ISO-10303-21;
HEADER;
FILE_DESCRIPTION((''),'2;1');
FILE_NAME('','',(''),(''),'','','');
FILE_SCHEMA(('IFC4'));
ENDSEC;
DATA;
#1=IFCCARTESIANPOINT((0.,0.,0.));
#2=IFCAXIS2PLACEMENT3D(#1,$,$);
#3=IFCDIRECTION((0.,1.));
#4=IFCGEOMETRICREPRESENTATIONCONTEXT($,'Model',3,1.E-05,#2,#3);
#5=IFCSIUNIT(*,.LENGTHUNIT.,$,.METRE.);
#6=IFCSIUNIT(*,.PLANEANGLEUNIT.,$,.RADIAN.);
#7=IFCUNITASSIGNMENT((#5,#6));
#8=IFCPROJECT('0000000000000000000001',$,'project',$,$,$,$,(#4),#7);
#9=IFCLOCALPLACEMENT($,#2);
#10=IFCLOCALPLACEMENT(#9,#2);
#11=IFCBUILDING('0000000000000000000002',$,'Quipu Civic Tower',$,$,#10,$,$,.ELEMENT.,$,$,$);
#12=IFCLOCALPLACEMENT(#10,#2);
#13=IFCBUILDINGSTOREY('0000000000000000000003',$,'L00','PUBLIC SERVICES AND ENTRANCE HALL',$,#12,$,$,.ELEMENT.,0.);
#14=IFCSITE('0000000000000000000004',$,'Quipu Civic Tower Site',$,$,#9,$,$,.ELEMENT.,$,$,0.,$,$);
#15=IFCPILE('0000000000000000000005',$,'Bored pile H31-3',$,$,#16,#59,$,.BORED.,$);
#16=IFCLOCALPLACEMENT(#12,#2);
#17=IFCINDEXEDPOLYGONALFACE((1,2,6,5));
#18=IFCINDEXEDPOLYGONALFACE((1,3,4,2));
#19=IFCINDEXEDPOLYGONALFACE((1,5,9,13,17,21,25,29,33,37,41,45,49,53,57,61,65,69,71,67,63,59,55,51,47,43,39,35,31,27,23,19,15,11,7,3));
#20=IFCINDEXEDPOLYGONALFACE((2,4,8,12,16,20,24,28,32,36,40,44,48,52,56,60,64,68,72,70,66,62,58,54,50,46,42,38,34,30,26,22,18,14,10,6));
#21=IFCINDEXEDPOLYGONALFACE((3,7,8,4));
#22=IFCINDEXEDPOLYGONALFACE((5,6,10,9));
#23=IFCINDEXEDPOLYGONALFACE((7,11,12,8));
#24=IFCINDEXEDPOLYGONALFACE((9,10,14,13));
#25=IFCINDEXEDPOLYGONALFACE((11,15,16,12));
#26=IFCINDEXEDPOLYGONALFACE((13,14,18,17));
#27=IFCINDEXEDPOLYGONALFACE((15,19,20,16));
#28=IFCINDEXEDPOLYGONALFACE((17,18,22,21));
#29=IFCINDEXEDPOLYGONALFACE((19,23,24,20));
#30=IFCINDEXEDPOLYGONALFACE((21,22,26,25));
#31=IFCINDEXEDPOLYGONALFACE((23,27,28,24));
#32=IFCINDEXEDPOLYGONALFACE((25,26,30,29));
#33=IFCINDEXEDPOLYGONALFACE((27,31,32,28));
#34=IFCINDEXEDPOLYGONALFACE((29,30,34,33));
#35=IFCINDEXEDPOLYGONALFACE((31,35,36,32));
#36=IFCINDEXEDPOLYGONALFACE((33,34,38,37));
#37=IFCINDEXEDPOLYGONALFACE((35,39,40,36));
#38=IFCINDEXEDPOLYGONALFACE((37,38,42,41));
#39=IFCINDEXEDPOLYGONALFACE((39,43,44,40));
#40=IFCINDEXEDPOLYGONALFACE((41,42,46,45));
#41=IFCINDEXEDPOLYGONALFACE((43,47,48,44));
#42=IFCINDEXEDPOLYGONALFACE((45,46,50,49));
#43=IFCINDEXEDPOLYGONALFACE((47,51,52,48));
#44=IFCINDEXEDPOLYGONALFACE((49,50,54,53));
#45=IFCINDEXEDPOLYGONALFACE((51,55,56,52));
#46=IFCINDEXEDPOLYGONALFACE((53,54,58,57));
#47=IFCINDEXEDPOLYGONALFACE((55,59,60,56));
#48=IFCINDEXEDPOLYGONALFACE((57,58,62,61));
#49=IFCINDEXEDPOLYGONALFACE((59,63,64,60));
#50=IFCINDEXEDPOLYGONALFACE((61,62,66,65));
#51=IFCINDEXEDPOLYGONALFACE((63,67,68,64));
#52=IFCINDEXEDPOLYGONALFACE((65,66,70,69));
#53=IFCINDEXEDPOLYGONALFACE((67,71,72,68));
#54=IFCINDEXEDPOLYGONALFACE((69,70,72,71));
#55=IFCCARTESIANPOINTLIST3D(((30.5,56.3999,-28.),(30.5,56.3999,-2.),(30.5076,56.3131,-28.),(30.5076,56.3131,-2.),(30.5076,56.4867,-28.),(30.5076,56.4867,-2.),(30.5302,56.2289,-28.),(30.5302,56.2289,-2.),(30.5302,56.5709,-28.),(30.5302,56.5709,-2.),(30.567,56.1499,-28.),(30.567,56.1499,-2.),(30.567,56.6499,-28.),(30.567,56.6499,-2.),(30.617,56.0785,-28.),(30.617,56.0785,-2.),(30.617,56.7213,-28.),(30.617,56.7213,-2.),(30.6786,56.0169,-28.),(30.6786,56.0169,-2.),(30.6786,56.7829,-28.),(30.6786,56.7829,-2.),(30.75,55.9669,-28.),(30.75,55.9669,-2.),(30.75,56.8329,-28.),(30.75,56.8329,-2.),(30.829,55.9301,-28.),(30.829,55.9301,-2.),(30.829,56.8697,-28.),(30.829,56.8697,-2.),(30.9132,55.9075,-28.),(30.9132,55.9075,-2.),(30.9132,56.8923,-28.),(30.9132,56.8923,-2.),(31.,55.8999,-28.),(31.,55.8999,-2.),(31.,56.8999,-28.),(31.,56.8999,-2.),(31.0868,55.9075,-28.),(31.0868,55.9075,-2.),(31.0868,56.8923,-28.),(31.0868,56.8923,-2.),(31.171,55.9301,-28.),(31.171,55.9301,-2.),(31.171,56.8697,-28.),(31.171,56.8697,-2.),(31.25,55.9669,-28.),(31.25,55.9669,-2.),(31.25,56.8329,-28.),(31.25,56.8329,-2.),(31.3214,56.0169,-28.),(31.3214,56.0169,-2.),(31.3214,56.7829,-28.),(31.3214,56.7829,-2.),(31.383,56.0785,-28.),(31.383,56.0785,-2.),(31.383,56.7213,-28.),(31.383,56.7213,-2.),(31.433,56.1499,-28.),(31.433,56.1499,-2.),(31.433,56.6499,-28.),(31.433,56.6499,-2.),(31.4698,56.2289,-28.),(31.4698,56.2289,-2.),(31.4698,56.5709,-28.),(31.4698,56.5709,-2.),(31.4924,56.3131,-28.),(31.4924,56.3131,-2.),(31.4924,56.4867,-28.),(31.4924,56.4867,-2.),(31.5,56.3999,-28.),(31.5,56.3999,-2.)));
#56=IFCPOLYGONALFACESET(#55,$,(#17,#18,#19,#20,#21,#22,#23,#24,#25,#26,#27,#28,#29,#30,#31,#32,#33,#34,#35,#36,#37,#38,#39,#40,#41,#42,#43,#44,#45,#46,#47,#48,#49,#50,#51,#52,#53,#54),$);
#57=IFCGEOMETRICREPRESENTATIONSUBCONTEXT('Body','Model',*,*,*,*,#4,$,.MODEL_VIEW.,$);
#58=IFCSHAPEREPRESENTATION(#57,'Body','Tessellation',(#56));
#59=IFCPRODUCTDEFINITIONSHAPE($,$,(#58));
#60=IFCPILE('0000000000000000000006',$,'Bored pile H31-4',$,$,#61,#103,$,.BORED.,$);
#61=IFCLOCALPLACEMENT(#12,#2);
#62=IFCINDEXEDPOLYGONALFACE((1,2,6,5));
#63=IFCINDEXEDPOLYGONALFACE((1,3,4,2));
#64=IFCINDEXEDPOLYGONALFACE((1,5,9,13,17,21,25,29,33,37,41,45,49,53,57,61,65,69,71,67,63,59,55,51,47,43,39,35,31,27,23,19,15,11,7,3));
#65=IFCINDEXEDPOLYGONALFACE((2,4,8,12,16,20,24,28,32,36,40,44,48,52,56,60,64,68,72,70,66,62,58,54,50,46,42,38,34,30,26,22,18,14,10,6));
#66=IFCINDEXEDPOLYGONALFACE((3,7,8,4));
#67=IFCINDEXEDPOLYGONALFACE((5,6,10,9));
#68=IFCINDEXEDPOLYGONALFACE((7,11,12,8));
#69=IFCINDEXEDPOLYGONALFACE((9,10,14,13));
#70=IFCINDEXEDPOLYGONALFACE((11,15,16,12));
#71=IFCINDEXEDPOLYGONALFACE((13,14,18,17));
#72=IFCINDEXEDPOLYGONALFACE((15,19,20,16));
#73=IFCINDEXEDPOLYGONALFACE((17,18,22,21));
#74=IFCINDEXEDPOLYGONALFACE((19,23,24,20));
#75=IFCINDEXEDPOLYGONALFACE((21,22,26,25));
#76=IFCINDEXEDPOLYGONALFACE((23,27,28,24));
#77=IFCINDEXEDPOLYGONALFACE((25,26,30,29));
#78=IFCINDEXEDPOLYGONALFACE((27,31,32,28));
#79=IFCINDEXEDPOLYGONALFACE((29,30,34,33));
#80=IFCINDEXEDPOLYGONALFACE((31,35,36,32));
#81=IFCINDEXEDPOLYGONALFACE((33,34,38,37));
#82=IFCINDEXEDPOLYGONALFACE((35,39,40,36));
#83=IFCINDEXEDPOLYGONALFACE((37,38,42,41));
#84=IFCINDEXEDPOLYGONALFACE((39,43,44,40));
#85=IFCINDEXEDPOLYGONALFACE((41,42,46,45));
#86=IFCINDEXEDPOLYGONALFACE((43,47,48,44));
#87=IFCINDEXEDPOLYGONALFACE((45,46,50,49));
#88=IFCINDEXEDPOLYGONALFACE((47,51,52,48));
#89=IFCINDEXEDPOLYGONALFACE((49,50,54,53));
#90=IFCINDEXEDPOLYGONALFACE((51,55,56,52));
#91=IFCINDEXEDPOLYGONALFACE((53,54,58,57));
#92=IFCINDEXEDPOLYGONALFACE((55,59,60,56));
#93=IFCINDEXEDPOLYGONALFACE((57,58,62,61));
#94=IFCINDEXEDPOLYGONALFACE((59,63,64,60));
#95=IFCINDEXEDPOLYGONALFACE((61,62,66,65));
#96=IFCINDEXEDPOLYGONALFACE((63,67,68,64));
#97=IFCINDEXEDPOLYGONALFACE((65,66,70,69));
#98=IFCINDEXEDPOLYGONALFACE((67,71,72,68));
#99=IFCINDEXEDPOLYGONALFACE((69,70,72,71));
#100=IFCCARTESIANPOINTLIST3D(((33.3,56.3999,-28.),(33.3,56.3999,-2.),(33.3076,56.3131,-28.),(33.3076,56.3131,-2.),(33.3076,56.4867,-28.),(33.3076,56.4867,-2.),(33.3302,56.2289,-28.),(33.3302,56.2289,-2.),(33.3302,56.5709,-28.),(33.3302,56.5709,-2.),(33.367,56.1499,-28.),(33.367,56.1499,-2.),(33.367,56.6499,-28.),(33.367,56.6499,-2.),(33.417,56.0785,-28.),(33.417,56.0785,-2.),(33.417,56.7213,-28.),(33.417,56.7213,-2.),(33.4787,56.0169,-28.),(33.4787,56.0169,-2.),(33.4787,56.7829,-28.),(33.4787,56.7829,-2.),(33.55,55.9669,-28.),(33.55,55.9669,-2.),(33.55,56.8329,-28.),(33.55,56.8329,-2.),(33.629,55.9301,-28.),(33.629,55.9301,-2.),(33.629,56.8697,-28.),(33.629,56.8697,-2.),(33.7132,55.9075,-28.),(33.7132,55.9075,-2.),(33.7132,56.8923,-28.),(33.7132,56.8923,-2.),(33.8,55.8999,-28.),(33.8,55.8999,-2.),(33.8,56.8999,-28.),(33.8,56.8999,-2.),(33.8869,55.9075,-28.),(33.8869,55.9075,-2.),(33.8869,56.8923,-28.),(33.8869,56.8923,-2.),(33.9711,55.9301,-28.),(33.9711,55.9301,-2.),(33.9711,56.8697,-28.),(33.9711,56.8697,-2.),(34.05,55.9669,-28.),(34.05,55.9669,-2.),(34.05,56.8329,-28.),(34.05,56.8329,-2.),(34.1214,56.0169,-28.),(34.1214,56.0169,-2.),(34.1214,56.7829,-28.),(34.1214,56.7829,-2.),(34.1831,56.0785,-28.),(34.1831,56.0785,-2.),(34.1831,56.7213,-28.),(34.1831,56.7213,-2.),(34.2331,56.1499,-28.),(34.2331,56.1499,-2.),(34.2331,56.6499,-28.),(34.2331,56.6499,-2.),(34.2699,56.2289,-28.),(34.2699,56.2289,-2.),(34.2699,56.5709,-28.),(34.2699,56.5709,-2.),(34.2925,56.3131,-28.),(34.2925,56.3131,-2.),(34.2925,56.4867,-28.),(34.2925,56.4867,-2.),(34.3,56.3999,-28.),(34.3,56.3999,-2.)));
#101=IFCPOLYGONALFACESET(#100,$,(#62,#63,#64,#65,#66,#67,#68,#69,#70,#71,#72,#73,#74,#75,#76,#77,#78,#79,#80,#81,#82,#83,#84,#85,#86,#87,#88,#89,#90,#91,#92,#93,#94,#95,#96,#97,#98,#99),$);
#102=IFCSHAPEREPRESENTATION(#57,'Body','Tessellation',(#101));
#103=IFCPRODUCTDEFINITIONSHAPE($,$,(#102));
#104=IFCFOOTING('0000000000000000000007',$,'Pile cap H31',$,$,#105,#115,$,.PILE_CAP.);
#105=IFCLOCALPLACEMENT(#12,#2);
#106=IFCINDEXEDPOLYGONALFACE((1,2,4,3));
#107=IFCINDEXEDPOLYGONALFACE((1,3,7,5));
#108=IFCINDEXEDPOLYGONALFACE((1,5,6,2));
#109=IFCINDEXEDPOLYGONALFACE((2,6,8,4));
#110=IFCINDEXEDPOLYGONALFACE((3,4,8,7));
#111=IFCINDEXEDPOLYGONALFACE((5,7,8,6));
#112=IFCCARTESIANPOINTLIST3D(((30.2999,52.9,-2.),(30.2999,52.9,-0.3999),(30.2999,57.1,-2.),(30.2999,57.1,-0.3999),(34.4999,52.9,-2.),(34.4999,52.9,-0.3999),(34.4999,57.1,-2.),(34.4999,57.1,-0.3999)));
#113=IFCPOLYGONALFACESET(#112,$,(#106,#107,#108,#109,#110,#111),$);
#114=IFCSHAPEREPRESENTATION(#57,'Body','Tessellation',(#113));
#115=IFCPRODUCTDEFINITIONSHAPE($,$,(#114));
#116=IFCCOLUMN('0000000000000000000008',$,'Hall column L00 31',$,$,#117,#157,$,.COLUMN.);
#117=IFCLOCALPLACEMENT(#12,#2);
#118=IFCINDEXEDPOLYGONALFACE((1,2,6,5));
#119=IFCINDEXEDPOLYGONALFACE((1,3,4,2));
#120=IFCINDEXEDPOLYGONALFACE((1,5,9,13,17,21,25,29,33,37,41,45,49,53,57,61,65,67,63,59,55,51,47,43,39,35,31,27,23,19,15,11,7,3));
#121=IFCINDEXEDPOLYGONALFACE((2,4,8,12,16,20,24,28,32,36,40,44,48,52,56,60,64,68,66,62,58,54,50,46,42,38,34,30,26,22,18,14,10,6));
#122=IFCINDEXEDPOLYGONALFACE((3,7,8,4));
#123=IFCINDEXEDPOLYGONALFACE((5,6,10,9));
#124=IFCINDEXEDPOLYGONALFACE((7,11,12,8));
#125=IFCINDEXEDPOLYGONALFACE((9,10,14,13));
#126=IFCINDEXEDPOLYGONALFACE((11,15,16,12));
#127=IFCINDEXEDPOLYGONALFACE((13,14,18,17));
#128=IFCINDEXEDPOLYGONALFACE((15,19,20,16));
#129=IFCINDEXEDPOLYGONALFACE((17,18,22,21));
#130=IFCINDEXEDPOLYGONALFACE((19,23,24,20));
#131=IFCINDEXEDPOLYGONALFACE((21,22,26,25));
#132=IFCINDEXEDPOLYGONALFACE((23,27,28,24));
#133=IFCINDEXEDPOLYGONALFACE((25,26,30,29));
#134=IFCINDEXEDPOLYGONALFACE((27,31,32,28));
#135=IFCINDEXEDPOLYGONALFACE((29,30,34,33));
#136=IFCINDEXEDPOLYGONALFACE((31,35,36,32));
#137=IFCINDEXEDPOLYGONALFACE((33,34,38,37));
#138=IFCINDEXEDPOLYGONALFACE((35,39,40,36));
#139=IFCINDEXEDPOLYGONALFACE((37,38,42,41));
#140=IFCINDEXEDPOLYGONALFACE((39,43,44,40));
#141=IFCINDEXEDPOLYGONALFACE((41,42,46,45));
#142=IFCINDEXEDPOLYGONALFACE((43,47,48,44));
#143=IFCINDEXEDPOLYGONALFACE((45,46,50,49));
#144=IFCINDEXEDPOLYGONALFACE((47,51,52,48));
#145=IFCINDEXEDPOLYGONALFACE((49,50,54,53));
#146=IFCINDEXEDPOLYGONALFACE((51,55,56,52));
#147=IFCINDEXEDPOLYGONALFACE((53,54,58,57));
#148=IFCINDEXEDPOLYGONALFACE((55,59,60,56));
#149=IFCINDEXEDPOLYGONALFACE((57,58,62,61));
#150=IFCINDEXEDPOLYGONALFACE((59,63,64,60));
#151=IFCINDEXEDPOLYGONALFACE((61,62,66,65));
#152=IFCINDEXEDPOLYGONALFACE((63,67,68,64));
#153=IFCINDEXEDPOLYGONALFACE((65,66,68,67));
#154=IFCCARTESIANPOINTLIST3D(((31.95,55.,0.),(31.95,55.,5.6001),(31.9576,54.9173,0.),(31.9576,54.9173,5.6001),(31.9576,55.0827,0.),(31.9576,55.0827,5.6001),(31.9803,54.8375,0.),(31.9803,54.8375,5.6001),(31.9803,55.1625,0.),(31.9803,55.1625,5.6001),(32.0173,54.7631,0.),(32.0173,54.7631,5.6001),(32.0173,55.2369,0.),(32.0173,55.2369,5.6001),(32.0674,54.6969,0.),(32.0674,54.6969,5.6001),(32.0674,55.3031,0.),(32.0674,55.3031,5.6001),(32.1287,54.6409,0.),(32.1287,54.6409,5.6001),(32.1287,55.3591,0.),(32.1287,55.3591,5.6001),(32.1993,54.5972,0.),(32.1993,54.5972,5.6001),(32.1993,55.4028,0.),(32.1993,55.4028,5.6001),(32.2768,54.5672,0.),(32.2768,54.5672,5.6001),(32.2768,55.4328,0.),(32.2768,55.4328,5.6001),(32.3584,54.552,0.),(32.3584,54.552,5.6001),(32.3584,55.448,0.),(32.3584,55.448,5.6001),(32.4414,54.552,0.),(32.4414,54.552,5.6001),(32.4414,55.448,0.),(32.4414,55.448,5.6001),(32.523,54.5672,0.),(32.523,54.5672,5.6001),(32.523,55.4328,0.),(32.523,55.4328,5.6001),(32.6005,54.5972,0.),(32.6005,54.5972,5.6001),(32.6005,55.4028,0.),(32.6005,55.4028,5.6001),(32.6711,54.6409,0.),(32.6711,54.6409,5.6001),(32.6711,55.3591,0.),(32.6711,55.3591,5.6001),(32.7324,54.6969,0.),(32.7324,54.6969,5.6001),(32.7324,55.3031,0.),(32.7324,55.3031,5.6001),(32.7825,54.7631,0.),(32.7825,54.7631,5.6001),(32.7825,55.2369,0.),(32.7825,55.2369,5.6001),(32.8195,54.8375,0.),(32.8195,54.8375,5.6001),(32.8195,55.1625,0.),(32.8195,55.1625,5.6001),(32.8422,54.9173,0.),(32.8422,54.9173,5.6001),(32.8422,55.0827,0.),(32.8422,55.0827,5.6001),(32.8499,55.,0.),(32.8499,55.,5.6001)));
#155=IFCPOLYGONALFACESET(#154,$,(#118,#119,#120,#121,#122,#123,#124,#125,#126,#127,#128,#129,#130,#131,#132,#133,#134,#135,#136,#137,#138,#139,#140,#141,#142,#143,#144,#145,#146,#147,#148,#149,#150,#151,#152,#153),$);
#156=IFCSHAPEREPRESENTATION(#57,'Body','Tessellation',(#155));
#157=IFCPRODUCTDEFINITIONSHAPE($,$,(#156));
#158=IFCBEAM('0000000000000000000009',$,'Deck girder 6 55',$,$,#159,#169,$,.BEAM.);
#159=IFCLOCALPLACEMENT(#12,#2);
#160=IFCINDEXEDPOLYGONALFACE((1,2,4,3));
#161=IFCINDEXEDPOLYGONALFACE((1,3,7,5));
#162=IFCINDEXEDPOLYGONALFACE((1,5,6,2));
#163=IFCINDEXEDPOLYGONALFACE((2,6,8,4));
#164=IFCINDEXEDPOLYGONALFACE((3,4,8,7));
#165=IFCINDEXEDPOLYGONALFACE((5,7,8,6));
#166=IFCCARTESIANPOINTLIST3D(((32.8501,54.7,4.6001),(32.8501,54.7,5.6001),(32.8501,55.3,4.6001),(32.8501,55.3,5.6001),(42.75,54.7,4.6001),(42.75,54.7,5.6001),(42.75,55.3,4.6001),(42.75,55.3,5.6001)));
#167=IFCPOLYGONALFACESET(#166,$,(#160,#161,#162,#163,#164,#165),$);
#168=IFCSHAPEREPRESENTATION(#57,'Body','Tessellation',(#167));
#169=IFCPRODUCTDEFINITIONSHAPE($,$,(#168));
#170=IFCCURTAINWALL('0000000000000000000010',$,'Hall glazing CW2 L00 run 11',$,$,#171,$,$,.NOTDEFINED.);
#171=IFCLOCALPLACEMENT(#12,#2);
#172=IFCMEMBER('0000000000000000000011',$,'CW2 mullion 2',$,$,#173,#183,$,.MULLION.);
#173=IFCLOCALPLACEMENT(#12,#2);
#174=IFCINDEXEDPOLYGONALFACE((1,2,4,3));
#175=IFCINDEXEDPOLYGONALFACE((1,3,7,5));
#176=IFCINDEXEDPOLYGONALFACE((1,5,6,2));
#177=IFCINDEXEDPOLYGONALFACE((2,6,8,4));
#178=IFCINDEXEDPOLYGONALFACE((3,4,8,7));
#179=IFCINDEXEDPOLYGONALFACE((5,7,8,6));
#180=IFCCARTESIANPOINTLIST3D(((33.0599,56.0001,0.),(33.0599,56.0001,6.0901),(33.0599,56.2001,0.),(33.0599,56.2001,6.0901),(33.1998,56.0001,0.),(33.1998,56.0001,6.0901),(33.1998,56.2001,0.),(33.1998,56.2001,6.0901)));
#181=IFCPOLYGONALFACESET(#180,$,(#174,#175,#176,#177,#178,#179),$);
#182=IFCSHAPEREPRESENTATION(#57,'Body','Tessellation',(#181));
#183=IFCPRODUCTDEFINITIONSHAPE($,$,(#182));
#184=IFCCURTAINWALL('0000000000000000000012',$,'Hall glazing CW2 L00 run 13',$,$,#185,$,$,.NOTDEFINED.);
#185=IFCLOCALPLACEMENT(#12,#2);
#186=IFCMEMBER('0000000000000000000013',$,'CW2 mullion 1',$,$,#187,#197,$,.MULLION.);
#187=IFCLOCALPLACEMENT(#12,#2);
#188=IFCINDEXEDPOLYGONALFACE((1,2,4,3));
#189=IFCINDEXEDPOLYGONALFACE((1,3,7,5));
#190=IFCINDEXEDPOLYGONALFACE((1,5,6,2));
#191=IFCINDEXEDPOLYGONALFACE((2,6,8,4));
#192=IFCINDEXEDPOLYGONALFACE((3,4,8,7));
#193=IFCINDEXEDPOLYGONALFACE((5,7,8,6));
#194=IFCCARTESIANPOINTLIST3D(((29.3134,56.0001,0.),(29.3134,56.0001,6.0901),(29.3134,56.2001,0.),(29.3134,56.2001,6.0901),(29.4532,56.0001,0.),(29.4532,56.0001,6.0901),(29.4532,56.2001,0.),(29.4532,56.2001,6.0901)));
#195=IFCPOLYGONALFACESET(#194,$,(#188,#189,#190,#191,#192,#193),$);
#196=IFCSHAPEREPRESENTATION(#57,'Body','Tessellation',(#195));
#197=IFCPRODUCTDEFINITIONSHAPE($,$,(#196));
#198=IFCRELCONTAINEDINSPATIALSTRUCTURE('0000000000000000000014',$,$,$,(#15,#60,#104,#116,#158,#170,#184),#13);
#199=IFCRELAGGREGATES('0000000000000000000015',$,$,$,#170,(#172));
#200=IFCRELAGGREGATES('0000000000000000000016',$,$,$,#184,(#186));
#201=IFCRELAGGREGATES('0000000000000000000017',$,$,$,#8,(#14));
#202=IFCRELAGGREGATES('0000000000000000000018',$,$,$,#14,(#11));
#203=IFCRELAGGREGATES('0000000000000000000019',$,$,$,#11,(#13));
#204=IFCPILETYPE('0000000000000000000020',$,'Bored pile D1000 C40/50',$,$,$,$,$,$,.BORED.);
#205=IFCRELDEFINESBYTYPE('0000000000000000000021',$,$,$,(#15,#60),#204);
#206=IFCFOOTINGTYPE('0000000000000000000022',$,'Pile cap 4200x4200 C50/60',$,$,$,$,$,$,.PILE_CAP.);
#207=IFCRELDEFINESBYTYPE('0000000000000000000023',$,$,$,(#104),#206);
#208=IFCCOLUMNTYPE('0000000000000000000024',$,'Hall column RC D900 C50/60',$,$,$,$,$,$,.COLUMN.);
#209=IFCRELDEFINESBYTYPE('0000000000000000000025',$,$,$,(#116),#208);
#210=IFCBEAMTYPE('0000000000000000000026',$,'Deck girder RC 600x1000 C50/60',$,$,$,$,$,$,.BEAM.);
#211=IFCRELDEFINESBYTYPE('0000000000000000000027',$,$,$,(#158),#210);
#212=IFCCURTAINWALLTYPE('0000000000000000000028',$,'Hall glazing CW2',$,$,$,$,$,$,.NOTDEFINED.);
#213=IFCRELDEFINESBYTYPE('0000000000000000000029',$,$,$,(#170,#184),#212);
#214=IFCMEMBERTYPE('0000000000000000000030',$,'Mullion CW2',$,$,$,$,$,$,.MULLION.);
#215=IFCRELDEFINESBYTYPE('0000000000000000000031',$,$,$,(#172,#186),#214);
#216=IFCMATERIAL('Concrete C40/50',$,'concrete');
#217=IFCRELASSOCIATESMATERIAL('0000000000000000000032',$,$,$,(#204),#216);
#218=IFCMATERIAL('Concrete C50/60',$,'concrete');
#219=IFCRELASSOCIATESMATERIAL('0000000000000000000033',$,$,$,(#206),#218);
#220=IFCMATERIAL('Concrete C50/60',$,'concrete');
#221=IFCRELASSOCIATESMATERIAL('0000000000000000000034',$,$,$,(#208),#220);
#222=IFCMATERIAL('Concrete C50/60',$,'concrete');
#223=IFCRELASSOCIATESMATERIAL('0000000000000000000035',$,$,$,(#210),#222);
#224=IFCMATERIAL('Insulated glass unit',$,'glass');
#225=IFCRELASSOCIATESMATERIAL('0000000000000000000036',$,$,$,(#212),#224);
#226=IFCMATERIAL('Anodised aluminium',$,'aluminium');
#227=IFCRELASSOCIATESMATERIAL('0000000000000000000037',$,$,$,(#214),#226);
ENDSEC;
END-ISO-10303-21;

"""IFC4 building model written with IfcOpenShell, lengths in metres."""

from ifc_helpers import new_model, si_unit, direction, frame, origin, origin_2d, place, context, subcontext, project, spatial, rectangle, circle, extrude, material, material_profile, profile_set, type_object, element, aggregate, save


model = new_model("IFC4")

# Units and contexts
model_context = context("Model", 3, precision=1e-05, world=origin(), true_north=direction((0.0, 1.0)))
body_context = subcontext(model_context, "Body", "Model", "MODEL_VIEW")
ifc_project = project(units=[si_unit("LENGTHUNIT", "METRE"), si_unit("PLANEANGLEUNIT", "RADIAN")], contexts=[model_context])

# Site, building, storey
site_placement = place(None, origin())
site = spatial("IfcSite", under=ifc_project, at=site_placement, Name="Quipu Civic Tower Site", CompositionType="ELEMENT", RefElevation=0.0)
building_placement = place(site_placement, origin())
building = spatial("IfcBuilding", under=site, at=building_placement, Name="Quipu Civic Tower", CompositionType="ELEMENT")
storey_placement = place(building_placement, origin())
storey = spatial("IfcBuildingStorey", under=building, at=storey_placement, Name="L00", Description="PUBLIC SERVICES AND ENTRANCE HALL", CompositionType="ELEMENT", Elevation=0.0)

# Piles
ifc_material_1 = material(Name="Concrete C40/50", Category="concrete")
ifc_material_profile_1 = material_profile(ifc_material_1, circle(Radius=0.5, at=origin_2d()), Name="RCD1000")
ifc_profile_set_1 = profile_set([ifc_material_profile_1], Name="Concrete C40/50")
pile_type = type_object("IfcPileType", Name="Bored pile D1000 C40/50", PredefinedType="BORED", material=ifc_profile_set_1)
for number, where, z_axis, x_axis, name in (
    (1, (31.0, 56.3999, -2.0), (0.0, 0.0, -1.0), (1.0, 0.0, 0.0), "Bored pile H31-3"),
    (2, (33.8, 56.3999, -2.0), (0.0, 0.0, -1.0), (1.0, 0.0, 0.0), "Bored pile H31-4"),
):
    element("IfcPile", number, at=place(storey_placement, frame(where, z_axis=z_axis, x_axis=x_axis)), inside=storey, type_object=pile_type, Name=name, PredefinedType="BORED", context=body_context, shape_type="SweptSolid", body=[
        extrude(circle(Radius=0.5, at=origin_2d()), origin(), (0.0, 0.0, 1.0), 26.0),
    ])

# Footing
ifc_material_2 = material(Name="Concrete C50/60", Category="concrete")
footing_type = type_object("IfcFootingType", Name="Pile cap 4200x4200 C50/60", PredefinedType="PILE_CAP", material=ifc_material_2)
footing_placement = place(storey_placement, frame((32.3999, 55.0, -2.0), z_axis=(0.0, 0.0, 1.0), x_axis=(1.0, 0.0, 0.0)))
element("IfcFooting", 3, at=footing_placement, inside=storey, type_object=footing_type, Name="Pile cap H31", PredefinedType="PILE_CAP", context=body_context, shape_type="SweptSolid", body=[
    extrude(rectangle(XDim=4.2, YDim=4.2, at=origin_2d()), origin(), (0.0, 0.0, 1.0), 1.6001),
])

# Column
ifc_material_3 = material(Name="Concrete C50/60", Category="concrete")
ifc_material_profile_2 = material_profile(ifc_material_3, circle(Radius=0.45, at=origin_2d()), Name="RCD900")
ifc_profile_set_2 = profile_set([ifc_material_profile_2], Name="Concrete C50/60")
column_type = type_object("IfcColumnType", Name="Hall column RC D900 C50/60", PredefinedType="COLUMN", material=ifc_profile_set_2)
column_placement = place(storey_placement, frame((32.3999, 55.0, 0.0), z_axis=(0.0, 0.0, 1.0), x_axis=(1.0, 0.0, 0.0)))
element("IfcColumn", 4, at=column_placement, inside=storey, type_object=column_type, Name="Hall column L00 31", PredefinedType="COLUMN", context=body_context, shape_type="SweptSolid", body=[
    extrude(circle(Radius=0.45, at=origin_2d()), origin(), (0.0, 0.0, 1.0), 5.6001),
])

# Beam
ifc_material_4 = material(Name="Concrete C50/60", Category="concrete")
ifc_material_profile_3 = material_profile(ifc_material_4, rectangle(XDim=0.6001, YDim=1.0, at=origin_2d()), Name="RC600x1000")
ifc_profile_set_3 = profile_set([ifc_material_profile_3], Name="Concrete C50/60")
beam_type = type_object("IfcBeamType", Name="Deck girder RC 600x1000 C50/60", PredefinedType="BEAM", material=ifc_profile_set_3)
beam_placement = place(storey_placement, frame((32.8501, 55.0, 5.1001), z_axis=(1.0, 0.0, 0.0), x_axis=(0.0, 1.0, 0.0)))
element("IfcBeam", 5, at=beam_placement, inside=storey, type_object=beam_type, Name="Deck girder 6 55", PredefinedType="BEAM", context=body_context, shape_type="SweptSolid", body=[
    extrude(rectangle(XDim=0.6001, YDim=1.0, at=origin_2d()), origin(), (0.0, 0.0, 1.0), 9.8999),
])

# Curtain wall, member
ifc_material_5 = material(Name="Insulated glass unit", Category="glass")
curtain_wall_type = type_object("IfcCurtainWallType", Name="Hall glazing CW2", PredefinedType="NOTDEFINED", material=ifc_material_5)
curtain_wall_1_placement = place(storey_placement, origin())
curtain_wall_1 = element("IfcCurtainWall", 6, at=curtain_wall_1_placement, inside=storey, type_object=curtain_wall_type, Name="Hall glazing CW2 L00 run 11", PredefinedType="NOTDEFINED")
ifc_material_6 = material(Name="Anodised aluminium", Category="aluminium")
ifc_material_profile_4 = material_profile(ifc_material_6, rectangle(XDim=0.2, YDim=0.1399, at=origin_2d()), Name="RECT 200x140")
ifc_profile_set_4 = profile_set([ifc_material_profile_4], Name="Anodised aluminium")
member_type_1 = type_object("IfcMemberType", Name="Mullion CW2", PredefinedType="MULLION", material=ifc_profile_set_4)
member_1_placement = place(storey_placement, frame((33.1299, 56.1001, 0.0), z_axis=(0.0, 0.0, 1.0), x_axis=(0.0, -1.0, 0.0)))
member_1 = element("IfcMember", 7, at=member_1_placement, type_object=member_type_1, Name="CW2 mullion 2", PredefinedType="MULLION", context=body_context, shape_type="SweptSolid", body=[
    extrude(rectangle(XDim=0.2, YDim=0.1399, at=origin_2d()), origin(), (0.0, 0.0, 1.0), 6.0901),
])

# Curtain wall, member
curtain_wall_2_placement = place(storey_placement, origin())
curtain_wall_2 = element("IfcCurtainWall", 8, at=curtain_wall_2_placement, inside=storey, type_object=curtain_wall_type, Name="Hall glazing CW2 L00 run 13", PredefinedType="NOTDEFINED")
member_2_placement = place(storey_placement, frame((29.3833, 56.1001, 0.0), z_axis=(0.0, 0.0, 1.0), x_axis=(0.0, -1.0, 0.0)))
member_2 = element("IfcMember", 9, at=member_2_placement, type_object=member_type_1, Name="CW2 mullion 1", PredefinedType="MULLION", context=body_context, shape_type="SweptSolid", body=[
    extrude(rectangle(XDim=0.2, YDim=0.1399, at=origin_2d()), origin(), (0.0, 0.0, 1.0), 6.0901),
])

aggregate(curtain_wall_1, [member_1])
aggregate(curtain_wall_2, [member_2])

save(model, "model.ifc")
